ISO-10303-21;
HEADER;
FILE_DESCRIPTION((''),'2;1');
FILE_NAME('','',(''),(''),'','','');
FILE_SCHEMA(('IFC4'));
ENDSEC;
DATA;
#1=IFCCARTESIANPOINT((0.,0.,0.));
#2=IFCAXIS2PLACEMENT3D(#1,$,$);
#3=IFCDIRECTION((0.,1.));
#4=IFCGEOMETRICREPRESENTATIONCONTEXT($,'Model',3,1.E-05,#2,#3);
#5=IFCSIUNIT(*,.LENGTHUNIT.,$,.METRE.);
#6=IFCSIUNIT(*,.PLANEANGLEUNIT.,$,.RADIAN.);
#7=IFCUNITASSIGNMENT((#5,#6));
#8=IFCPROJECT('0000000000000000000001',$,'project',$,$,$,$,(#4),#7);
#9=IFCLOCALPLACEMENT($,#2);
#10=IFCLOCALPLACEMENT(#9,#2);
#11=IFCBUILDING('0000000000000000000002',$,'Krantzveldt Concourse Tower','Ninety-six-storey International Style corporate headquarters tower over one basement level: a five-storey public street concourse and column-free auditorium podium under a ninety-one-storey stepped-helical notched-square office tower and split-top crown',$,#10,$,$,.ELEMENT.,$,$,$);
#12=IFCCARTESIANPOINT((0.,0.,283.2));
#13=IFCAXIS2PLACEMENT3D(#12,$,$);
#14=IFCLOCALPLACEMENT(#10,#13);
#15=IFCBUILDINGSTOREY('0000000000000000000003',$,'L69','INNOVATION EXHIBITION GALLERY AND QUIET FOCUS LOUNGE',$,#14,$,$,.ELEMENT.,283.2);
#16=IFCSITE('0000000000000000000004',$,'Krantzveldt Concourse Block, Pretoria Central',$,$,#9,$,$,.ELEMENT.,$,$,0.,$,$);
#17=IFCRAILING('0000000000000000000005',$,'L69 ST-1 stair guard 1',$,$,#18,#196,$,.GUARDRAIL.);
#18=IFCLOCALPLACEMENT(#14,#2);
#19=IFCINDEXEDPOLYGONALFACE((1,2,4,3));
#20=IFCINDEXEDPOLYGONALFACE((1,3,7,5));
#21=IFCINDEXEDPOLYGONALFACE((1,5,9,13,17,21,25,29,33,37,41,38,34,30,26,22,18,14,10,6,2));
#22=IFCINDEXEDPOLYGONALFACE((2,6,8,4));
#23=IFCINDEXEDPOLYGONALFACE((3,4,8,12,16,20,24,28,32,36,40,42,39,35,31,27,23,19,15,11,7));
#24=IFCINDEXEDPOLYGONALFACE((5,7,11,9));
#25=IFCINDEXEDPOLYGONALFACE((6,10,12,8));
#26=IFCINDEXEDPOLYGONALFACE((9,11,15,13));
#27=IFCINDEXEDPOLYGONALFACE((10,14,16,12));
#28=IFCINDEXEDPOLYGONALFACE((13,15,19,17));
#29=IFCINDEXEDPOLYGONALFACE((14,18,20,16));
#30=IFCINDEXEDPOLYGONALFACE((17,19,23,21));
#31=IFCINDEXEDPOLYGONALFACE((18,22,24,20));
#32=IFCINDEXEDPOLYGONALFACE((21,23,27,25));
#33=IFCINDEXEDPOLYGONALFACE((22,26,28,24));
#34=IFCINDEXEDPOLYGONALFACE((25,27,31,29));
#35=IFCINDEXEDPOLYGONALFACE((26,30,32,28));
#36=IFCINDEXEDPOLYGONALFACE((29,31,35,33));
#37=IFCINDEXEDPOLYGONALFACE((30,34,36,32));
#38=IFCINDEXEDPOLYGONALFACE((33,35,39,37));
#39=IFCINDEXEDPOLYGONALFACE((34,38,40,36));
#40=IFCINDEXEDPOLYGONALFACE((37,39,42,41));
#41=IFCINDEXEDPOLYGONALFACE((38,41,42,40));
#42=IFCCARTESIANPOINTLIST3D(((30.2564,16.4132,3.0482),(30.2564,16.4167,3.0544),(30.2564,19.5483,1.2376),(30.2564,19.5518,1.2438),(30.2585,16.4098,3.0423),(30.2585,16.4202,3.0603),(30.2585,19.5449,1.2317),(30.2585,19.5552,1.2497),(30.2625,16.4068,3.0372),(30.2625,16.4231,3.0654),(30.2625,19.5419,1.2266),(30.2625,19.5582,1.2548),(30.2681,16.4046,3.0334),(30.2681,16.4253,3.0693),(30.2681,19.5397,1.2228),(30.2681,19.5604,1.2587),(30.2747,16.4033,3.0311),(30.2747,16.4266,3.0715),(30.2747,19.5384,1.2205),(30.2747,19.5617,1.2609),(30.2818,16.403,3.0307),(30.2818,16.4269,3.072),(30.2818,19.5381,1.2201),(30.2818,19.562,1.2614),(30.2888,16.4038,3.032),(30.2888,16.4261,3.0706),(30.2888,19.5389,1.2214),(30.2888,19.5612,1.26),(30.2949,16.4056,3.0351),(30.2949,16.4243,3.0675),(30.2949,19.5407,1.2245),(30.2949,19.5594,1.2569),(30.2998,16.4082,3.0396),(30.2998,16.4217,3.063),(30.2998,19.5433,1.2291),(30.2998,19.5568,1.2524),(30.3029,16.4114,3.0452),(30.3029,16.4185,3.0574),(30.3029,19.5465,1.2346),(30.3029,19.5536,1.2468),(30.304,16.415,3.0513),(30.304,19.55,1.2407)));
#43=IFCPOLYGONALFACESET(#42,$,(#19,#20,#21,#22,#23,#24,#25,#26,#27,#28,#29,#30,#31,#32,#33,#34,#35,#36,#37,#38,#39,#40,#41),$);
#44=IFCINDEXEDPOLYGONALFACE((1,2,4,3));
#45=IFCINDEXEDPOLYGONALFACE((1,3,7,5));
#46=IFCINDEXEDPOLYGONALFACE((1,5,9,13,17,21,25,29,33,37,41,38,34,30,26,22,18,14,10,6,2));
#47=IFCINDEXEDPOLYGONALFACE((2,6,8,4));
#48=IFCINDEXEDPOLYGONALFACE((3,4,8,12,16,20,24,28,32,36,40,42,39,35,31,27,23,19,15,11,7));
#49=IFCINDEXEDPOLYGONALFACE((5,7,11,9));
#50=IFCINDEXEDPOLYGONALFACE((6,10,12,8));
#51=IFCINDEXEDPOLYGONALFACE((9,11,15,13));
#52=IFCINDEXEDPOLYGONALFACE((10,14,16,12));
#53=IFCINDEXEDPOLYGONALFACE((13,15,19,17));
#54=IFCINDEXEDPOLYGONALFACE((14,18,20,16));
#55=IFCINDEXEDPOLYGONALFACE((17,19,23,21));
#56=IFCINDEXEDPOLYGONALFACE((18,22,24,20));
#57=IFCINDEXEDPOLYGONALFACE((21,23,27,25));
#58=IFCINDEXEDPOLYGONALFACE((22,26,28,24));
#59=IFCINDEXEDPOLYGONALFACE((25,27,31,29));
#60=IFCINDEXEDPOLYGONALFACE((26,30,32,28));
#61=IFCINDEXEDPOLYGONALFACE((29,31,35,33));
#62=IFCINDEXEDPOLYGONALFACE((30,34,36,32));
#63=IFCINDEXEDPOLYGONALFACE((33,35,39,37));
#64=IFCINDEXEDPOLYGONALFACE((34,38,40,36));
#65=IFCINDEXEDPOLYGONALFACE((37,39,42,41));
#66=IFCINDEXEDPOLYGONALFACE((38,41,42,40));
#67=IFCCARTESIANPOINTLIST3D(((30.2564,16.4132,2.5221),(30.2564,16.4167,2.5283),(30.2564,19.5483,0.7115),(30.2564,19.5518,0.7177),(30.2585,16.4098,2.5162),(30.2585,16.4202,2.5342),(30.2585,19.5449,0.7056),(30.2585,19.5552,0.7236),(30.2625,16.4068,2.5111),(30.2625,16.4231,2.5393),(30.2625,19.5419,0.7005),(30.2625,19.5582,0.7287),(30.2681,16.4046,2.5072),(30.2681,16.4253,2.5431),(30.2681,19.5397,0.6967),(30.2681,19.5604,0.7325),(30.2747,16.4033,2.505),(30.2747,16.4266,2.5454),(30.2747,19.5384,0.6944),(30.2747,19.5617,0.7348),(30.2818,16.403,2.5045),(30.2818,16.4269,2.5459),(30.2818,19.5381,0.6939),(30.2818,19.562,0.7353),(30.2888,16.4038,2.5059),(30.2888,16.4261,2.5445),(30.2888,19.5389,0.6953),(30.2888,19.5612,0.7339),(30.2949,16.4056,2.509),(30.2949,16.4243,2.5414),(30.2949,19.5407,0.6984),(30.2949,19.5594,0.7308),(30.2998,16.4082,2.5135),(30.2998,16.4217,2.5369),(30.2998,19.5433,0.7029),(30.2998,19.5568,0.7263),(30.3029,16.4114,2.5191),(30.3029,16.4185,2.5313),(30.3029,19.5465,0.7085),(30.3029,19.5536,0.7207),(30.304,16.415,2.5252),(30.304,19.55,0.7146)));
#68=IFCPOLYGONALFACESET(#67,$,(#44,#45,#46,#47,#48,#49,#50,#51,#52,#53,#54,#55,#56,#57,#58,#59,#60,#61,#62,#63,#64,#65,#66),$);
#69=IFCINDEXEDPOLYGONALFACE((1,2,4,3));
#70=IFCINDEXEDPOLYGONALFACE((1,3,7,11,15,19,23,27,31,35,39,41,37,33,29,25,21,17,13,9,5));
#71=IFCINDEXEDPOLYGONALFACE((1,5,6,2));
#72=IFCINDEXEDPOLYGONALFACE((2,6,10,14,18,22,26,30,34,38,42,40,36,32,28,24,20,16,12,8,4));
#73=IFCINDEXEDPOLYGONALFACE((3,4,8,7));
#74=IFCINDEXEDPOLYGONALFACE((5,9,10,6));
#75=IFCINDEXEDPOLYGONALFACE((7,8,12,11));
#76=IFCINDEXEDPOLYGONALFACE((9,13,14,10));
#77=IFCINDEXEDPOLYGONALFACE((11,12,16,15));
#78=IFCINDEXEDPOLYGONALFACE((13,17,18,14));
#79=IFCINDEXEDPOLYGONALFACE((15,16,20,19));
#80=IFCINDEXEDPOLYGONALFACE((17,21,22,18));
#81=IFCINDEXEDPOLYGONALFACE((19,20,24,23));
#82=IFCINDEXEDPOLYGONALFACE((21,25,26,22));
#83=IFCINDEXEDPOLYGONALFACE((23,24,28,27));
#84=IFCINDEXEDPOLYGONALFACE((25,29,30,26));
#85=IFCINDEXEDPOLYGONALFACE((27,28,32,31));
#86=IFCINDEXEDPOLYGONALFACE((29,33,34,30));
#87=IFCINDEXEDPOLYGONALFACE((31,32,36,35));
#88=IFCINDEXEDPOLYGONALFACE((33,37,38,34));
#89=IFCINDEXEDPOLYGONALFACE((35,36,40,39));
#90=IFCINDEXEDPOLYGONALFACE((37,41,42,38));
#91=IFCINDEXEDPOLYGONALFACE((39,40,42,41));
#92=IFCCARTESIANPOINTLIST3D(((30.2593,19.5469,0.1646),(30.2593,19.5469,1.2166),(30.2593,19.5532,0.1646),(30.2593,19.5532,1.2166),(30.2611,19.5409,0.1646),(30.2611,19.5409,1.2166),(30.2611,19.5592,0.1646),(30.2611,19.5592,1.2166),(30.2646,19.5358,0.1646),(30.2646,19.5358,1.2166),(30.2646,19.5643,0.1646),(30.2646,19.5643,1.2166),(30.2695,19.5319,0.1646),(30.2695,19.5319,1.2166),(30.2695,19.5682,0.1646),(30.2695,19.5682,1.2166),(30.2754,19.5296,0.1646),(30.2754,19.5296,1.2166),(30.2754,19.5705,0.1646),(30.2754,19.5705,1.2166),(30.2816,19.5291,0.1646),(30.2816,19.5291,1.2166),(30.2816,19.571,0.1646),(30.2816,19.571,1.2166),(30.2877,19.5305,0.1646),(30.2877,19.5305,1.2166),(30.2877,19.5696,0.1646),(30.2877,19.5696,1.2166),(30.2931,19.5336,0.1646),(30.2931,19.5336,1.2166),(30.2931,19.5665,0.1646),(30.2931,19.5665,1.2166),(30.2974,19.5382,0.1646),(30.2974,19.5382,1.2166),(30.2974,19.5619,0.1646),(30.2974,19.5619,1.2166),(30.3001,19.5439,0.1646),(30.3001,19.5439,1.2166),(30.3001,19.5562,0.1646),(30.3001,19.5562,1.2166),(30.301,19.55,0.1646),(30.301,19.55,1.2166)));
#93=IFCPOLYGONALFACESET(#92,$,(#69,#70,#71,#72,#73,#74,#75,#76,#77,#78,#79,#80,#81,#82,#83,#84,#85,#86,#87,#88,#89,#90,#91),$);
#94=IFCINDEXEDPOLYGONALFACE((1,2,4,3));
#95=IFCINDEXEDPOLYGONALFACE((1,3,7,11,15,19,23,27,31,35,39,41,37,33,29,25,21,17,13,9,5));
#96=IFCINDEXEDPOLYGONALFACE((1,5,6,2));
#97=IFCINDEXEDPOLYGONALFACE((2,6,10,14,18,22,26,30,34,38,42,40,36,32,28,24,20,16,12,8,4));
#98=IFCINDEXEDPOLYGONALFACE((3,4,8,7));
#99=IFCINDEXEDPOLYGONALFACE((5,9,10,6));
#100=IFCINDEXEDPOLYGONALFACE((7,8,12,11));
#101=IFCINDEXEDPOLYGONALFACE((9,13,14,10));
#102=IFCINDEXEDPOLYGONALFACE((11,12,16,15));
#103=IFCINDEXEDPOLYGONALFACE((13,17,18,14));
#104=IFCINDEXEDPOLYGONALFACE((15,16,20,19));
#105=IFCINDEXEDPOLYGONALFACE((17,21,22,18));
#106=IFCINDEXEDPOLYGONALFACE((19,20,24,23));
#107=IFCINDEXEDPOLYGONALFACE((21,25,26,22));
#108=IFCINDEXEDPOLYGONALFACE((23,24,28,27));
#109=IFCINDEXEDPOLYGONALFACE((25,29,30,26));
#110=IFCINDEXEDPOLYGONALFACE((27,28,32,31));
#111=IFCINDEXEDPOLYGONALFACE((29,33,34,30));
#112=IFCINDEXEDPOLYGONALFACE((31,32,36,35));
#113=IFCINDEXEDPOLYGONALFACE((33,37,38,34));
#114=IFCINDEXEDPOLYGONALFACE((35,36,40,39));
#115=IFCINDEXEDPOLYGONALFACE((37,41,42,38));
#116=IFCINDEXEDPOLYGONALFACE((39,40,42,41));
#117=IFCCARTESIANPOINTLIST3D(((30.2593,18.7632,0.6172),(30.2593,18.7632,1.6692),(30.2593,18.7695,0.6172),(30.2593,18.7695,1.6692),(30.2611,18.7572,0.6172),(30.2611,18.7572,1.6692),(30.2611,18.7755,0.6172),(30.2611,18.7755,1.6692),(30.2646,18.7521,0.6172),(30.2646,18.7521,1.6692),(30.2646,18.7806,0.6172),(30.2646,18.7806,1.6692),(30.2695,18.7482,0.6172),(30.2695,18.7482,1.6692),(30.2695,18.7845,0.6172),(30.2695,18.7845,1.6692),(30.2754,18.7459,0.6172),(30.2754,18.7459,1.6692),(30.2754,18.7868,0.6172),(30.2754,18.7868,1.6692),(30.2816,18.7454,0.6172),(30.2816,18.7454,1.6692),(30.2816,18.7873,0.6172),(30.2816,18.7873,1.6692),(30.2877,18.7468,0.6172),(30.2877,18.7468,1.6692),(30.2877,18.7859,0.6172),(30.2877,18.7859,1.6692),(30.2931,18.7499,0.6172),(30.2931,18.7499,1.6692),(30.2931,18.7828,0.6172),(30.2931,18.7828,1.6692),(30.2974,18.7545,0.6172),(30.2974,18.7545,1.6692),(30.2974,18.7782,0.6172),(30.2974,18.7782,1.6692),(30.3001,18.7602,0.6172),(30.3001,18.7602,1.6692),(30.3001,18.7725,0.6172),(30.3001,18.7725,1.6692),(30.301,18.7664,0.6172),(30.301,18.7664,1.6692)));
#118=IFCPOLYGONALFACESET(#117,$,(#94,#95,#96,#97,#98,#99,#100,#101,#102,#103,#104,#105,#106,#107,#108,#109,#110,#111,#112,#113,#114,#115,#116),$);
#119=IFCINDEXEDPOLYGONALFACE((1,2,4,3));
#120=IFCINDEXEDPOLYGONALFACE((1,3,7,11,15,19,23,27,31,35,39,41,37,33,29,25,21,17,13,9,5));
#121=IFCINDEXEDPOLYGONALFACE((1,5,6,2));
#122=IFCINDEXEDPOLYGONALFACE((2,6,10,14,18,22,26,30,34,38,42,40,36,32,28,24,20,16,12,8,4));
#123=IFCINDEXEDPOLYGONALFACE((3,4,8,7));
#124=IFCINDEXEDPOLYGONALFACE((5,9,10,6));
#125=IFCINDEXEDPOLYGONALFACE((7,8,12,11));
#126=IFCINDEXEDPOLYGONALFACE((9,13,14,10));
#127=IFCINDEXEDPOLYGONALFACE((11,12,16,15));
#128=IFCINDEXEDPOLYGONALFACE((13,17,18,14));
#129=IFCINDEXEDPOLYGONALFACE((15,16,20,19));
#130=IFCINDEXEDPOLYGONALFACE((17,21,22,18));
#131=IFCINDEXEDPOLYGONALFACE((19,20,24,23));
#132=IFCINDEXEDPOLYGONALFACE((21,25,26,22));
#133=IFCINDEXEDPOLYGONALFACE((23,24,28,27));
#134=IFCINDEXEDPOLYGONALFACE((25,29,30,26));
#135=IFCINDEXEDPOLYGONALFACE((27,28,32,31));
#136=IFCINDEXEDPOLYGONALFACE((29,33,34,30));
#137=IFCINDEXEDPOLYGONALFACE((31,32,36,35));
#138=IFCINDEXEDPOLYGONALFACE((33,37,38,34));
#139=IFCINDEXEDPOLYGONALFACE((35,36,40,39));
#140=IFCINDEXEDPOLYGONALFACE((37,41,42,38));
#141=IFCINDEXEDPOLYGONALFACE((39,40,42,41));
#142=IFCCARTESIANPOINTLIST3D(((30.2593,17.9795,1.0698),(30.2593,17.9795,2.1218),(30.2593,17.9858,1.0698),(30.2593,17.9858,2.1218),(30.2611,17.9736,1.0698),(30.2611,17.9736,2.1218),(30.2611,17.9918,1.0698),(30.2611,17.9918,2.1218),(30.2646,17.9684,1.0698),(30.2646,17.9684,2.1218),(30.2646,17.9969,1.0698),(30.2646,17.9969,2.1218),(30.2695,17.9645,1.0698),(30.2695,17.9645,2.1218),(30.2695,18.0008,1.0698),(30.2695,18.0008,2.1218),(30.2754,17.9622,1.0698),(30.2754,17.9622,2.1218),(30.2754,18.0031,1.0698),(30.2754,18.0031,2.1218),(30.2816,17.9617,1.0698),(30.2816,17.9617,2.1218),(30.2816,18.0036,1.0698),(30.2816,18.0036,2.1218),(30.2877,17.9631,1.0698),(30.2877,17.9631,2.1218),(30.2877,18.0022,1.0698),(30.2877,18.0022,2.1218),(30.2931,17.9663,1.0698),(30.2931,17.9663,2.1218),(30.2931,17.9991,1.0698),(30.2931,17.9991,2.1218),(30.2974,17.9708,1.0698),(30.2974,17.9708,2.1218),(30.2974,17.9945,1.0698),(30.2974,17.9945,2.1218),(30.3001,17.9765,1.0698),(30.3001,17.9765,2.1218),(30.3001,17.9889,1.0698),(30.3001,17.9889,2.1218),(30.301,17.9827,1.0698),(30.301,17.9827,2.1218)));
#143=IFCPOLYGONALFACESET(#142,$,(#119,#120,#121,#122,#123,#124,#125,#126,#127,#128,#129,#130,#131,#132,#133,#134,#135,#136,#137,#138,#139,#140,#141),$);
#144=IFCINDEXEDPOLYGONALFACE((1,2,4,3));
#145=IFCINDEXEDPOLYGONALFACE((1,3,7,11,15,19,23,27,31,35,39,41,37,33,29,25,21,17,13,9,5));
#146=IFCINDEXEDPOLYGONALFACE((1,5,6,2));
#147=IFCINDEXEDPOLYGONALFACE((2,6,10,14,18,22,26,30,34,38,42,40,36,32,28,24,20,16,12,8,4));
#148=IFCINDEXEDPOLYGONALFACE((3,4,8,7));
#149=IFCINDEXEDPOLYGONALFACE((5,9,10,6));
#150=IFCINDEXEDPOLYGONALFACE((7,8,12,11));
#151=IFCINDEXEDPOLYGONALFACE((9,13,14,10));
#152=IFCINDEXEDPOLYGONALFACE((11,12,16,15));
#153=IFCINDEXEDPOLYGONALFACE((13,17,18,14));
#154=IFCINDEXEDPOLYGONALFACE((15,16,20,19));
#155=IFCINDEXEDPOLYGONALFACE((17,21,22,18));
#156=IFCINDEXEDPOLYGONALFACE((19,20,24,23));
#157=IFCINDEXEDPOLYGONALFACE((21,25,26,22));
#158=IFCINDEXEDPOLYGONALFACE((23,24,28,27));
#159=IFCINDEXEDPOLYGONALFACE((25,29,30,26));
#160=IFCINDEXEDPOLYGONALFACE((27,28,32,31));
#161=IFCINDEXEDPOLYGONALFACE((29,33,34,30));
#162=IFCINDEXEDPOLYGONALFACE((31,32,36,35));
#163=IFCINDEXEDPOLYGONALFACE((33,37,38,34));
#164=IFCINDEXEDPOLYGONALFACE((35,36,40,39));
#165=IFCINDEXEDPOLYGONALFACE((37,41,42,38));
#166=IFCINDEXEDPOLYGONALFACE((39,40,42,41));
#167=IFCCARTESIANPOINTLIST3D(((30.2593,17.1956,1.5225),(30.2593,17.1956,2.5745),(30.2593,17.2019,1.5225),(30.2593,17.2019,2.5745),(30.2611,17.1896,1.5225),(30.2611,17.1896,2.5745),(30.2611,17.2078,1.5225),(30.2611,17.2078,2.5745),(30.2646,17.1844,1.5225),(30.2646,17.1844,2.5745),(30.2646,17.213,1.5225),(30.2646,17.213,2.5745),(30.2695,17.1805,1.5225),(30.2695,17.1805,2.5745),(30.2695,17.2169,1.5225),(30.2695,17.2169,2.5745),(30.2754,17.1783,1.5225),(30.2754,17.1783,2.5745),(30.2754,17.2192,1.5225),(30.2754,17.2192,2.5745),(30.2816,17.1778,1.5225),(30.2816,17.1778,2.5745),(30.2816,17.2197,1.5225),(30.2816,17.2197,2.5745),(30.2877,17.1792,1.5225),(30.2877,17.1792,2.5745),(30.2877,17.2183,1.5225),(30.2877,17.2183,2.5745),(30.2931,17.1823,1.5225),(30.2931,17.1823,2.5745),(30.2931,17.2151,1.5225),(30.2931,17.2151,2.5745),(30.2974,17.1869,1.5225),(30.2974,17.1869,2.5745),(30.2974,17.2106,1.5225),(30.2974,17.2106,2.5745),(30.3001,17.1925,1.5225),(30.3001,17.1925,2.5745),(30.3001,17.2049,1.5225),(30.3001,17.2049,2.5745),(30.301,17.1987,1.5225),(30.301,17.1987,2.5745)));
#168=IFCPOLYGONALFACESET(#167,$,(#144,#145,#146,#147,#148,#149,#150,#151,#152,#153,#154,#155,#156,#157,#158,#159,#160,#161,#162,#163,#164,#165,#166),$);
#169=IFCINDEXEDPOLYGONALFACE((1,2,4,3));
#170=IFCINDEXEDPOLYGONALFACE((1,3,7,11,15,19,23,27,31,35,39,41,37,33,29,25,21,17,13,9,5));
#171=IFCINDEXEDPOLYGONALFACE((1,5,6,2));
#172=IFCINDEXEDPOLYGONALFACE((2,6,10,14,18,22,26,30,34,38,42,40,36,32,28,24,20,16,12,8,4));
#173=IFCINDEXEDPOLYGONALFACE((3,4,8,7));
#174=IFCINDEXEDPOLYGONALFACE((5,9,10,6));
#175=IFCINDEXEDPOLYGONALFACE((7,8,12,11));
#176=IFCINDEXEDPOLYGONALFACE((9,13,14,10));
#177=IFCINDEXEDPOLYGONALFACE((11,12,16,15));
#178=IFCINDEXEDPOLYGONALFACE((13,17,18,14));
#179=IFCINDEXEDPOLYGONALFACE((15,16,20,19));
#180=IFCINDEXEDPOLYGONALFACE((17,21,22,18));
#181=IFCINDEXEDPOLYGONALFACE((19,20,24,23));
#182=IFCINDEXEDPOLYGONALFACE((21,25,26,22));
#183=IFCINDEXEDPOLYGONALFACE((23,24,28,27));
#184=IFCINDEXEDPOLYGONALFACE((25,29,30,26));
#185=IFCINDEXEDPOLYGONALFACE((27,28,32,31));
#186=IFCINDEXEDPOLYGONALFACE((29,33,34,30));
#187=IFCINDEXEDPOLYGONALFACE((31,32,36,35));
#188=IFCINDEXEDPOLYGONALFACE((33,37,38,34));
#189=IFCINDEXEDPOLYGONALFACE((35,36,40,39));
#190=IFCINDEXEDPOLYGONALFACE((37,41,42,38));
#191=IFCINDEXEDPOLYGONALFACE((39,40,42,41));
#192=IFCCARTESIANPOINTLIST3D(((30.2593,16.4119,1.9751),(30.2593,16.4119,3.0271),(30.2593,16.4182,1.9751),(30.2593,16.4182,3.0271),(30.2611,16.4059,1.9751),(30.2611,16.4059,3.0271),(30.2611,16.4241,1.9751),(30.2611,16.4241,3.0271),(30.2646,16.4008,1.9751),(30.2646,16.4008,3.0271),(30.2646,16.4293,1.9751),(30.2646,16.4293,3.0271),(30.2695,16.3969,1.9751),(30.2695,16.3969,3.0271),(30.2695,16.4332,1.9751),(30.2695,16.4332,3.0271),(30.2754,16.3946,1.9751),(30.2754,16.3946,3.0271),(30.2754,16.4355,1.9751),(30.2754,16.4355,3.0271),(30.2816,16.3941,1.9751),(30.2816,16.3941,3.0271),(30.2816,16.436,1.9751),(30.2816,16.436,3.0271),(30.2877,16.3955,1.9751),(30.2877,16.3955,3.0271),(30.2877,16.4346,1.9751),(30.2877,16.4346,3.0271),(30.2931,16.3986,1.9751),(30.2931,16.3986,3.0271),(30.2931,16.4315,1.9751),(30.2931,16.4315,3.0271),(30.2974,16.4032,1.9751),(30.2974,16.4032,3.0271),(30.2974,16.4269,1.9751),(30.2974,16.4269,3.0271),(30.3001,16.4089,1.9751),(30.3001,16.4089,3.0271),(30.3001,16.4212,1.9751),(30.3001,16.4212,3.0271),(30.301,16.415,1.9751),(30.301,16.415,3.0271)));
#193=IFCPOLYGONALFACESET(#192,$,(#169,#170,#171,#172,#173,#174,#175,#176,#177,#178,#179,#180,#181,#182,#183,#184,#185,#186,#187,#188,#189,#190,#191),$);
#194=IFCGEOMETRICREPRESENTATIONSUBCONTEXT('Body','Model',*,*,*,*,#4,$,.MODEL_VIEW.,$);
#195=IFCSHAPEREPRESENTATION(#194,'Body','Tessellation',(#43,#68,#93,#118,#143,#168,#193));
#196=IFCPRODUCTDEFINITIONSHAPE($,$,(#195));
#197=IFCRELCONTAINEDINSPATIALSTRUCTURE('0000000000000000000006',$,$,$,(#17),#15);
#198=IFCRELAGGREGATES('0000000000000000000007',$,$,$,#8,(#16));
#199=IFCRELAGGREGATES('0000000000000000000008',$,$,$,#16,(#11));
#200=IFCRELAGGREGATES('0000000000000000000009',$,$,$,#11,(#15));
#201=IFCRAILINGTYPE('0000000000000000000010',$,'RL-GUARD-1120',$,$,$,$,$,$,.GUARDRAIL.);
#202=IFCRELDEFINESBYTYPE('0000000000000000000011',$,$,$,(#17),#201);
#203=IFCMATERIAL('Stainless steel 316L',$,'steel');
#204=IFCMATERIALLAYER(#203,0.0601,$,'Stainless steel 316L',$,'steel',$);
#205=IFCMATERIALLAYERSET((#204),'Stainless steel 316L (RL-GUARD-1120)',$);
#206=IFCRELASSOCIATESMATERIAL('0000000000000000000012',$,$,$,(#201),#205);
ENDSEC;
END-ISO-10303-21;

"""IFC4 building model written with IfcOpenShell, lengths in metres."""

from ifc_helpers import new_model, si_unit, direction, frame, origin, origin_2d, place, context, subcontext, project, spatial, circle, extrude, material, layer, layer_set, type_object, element, save


model = new_model("IFC4")

# Units and contexts
model_context = context("Model", 3, precision=1e-05, world=origin(), true_north=direction((0.0, 1.0)))
body_context = subcontext(model_context, "Body", "Model", "MODEL_VIEW")
ifc_project = project(units=[si_unit("LENGTHUNIT", "METRE"), si_unit("PLANEANGLEUNIT", "RADIAN")], contexts=[model_context])

# Site, building, storey
site_placement = place(None, origin())
site = spatial("IfcSite", under=ifc_project, at=site_placement, Name="Krantzveldt Concourse Block, Pretoria Central", CompositionType="ELEMENT", RefElevation=0.0)
building_placement = place(site_placement, origin())
building = spatial("IfcBuilding", under=site, at=building_placement, Name="Krantzveldt Concourse Tower", Description="Ninety-six-storey International Style corporate headquarters tower over one basement level: a five-storey public street concourse and column-free auditorium podium under a ninety-one-storey stepped-helical notched-square office tower and split-top crown", CompositionType="ELEMENT")
storey_placement = place(building_placement, frame((0.0, 0.0, 283.2)))
storey = spatial("IfcBuildingStorey", under=building, at=storey_placement, Name="L69", Description="INNOVATION EXHIBITION GALLERY AND QUIET FOCUS LOUNGE", CompositionType="ELEMENT", Elevation=283.2)

# Railing
ifc_material_1 = material(Name="Stainless steel 316L", Category="steel")
ifc_layer_1 = layer(ifc_material_1, 0.0601, Name="Stainless steel 316L", Category="steel")
ifc_layer_set_1 = layer_set([ifc_layer_1], Name="Stainless steel 316L (RL-GUARD-1120)")
railing_type_1 = type_object("IfcRailingType", Name="RL-GUARD-1120", PredefinedType="GUARDRAIL", material=ifc_layer_set_1)
railing_1_placement = place(storey_placement, frame((30.28, 19.55, 0.1646)))
element("IfcRailing", 1, at=railing_1_placement, inside=storey, type_object=railing_type_1, Name="L69 ST-1 stair guard 1", PredefinedType="GUARDRAIL", context=body_context, shape_type="SweptSolid", body=[
    extrude(circle(Radius=0.0239, at=origin_2d()), frame((0.0, 0.0, 1.0762), z_axis=(0.0, -0.86596, 0.500114), x_axis=(1.0, 0.0, 0.0)), (0.0, 0.0, 1.0), 3.6204),
    extrude(circle(Radius=0.0239, at=origin_2d()), frame((0.0, 0.0, 0.55), z_axis=(0.0, -0.86596, 0.500114), x_axis=(1.0, 0.0, 0.0)), (0.0, 0.0, 1.0), 3.6204),
    extrude(circle(Radius=0.021, at=origin_2d()), origin(), (0.0, 0.0, 1.0), 1.052),
    extrude(circle(Radius=0.021, at=origin_2d()), frame((0.0, -0.7837, 0.4526)), (0.0, 0.0, 1.0), 1.052),
    extrude(circle(Radius=0.021, at=origin_2d()), frame((0.0, -1.5674, 0.9053)), (0.0, 0.0, 1.0), 1.052),
    extrude(circle(Radius=0.021, at=origin_2d()), frame((0.0, -2.3513, 1.3579)), (0.0, 0.0, 1.0), 1.052),
    extrude(circle(Radius=0.021, at=origin_2d()), frame((0.0, -3.135, 1.8105)), (0.0, 0.0, 1.0), 1.052),
])

save(model, "model.ifc")
